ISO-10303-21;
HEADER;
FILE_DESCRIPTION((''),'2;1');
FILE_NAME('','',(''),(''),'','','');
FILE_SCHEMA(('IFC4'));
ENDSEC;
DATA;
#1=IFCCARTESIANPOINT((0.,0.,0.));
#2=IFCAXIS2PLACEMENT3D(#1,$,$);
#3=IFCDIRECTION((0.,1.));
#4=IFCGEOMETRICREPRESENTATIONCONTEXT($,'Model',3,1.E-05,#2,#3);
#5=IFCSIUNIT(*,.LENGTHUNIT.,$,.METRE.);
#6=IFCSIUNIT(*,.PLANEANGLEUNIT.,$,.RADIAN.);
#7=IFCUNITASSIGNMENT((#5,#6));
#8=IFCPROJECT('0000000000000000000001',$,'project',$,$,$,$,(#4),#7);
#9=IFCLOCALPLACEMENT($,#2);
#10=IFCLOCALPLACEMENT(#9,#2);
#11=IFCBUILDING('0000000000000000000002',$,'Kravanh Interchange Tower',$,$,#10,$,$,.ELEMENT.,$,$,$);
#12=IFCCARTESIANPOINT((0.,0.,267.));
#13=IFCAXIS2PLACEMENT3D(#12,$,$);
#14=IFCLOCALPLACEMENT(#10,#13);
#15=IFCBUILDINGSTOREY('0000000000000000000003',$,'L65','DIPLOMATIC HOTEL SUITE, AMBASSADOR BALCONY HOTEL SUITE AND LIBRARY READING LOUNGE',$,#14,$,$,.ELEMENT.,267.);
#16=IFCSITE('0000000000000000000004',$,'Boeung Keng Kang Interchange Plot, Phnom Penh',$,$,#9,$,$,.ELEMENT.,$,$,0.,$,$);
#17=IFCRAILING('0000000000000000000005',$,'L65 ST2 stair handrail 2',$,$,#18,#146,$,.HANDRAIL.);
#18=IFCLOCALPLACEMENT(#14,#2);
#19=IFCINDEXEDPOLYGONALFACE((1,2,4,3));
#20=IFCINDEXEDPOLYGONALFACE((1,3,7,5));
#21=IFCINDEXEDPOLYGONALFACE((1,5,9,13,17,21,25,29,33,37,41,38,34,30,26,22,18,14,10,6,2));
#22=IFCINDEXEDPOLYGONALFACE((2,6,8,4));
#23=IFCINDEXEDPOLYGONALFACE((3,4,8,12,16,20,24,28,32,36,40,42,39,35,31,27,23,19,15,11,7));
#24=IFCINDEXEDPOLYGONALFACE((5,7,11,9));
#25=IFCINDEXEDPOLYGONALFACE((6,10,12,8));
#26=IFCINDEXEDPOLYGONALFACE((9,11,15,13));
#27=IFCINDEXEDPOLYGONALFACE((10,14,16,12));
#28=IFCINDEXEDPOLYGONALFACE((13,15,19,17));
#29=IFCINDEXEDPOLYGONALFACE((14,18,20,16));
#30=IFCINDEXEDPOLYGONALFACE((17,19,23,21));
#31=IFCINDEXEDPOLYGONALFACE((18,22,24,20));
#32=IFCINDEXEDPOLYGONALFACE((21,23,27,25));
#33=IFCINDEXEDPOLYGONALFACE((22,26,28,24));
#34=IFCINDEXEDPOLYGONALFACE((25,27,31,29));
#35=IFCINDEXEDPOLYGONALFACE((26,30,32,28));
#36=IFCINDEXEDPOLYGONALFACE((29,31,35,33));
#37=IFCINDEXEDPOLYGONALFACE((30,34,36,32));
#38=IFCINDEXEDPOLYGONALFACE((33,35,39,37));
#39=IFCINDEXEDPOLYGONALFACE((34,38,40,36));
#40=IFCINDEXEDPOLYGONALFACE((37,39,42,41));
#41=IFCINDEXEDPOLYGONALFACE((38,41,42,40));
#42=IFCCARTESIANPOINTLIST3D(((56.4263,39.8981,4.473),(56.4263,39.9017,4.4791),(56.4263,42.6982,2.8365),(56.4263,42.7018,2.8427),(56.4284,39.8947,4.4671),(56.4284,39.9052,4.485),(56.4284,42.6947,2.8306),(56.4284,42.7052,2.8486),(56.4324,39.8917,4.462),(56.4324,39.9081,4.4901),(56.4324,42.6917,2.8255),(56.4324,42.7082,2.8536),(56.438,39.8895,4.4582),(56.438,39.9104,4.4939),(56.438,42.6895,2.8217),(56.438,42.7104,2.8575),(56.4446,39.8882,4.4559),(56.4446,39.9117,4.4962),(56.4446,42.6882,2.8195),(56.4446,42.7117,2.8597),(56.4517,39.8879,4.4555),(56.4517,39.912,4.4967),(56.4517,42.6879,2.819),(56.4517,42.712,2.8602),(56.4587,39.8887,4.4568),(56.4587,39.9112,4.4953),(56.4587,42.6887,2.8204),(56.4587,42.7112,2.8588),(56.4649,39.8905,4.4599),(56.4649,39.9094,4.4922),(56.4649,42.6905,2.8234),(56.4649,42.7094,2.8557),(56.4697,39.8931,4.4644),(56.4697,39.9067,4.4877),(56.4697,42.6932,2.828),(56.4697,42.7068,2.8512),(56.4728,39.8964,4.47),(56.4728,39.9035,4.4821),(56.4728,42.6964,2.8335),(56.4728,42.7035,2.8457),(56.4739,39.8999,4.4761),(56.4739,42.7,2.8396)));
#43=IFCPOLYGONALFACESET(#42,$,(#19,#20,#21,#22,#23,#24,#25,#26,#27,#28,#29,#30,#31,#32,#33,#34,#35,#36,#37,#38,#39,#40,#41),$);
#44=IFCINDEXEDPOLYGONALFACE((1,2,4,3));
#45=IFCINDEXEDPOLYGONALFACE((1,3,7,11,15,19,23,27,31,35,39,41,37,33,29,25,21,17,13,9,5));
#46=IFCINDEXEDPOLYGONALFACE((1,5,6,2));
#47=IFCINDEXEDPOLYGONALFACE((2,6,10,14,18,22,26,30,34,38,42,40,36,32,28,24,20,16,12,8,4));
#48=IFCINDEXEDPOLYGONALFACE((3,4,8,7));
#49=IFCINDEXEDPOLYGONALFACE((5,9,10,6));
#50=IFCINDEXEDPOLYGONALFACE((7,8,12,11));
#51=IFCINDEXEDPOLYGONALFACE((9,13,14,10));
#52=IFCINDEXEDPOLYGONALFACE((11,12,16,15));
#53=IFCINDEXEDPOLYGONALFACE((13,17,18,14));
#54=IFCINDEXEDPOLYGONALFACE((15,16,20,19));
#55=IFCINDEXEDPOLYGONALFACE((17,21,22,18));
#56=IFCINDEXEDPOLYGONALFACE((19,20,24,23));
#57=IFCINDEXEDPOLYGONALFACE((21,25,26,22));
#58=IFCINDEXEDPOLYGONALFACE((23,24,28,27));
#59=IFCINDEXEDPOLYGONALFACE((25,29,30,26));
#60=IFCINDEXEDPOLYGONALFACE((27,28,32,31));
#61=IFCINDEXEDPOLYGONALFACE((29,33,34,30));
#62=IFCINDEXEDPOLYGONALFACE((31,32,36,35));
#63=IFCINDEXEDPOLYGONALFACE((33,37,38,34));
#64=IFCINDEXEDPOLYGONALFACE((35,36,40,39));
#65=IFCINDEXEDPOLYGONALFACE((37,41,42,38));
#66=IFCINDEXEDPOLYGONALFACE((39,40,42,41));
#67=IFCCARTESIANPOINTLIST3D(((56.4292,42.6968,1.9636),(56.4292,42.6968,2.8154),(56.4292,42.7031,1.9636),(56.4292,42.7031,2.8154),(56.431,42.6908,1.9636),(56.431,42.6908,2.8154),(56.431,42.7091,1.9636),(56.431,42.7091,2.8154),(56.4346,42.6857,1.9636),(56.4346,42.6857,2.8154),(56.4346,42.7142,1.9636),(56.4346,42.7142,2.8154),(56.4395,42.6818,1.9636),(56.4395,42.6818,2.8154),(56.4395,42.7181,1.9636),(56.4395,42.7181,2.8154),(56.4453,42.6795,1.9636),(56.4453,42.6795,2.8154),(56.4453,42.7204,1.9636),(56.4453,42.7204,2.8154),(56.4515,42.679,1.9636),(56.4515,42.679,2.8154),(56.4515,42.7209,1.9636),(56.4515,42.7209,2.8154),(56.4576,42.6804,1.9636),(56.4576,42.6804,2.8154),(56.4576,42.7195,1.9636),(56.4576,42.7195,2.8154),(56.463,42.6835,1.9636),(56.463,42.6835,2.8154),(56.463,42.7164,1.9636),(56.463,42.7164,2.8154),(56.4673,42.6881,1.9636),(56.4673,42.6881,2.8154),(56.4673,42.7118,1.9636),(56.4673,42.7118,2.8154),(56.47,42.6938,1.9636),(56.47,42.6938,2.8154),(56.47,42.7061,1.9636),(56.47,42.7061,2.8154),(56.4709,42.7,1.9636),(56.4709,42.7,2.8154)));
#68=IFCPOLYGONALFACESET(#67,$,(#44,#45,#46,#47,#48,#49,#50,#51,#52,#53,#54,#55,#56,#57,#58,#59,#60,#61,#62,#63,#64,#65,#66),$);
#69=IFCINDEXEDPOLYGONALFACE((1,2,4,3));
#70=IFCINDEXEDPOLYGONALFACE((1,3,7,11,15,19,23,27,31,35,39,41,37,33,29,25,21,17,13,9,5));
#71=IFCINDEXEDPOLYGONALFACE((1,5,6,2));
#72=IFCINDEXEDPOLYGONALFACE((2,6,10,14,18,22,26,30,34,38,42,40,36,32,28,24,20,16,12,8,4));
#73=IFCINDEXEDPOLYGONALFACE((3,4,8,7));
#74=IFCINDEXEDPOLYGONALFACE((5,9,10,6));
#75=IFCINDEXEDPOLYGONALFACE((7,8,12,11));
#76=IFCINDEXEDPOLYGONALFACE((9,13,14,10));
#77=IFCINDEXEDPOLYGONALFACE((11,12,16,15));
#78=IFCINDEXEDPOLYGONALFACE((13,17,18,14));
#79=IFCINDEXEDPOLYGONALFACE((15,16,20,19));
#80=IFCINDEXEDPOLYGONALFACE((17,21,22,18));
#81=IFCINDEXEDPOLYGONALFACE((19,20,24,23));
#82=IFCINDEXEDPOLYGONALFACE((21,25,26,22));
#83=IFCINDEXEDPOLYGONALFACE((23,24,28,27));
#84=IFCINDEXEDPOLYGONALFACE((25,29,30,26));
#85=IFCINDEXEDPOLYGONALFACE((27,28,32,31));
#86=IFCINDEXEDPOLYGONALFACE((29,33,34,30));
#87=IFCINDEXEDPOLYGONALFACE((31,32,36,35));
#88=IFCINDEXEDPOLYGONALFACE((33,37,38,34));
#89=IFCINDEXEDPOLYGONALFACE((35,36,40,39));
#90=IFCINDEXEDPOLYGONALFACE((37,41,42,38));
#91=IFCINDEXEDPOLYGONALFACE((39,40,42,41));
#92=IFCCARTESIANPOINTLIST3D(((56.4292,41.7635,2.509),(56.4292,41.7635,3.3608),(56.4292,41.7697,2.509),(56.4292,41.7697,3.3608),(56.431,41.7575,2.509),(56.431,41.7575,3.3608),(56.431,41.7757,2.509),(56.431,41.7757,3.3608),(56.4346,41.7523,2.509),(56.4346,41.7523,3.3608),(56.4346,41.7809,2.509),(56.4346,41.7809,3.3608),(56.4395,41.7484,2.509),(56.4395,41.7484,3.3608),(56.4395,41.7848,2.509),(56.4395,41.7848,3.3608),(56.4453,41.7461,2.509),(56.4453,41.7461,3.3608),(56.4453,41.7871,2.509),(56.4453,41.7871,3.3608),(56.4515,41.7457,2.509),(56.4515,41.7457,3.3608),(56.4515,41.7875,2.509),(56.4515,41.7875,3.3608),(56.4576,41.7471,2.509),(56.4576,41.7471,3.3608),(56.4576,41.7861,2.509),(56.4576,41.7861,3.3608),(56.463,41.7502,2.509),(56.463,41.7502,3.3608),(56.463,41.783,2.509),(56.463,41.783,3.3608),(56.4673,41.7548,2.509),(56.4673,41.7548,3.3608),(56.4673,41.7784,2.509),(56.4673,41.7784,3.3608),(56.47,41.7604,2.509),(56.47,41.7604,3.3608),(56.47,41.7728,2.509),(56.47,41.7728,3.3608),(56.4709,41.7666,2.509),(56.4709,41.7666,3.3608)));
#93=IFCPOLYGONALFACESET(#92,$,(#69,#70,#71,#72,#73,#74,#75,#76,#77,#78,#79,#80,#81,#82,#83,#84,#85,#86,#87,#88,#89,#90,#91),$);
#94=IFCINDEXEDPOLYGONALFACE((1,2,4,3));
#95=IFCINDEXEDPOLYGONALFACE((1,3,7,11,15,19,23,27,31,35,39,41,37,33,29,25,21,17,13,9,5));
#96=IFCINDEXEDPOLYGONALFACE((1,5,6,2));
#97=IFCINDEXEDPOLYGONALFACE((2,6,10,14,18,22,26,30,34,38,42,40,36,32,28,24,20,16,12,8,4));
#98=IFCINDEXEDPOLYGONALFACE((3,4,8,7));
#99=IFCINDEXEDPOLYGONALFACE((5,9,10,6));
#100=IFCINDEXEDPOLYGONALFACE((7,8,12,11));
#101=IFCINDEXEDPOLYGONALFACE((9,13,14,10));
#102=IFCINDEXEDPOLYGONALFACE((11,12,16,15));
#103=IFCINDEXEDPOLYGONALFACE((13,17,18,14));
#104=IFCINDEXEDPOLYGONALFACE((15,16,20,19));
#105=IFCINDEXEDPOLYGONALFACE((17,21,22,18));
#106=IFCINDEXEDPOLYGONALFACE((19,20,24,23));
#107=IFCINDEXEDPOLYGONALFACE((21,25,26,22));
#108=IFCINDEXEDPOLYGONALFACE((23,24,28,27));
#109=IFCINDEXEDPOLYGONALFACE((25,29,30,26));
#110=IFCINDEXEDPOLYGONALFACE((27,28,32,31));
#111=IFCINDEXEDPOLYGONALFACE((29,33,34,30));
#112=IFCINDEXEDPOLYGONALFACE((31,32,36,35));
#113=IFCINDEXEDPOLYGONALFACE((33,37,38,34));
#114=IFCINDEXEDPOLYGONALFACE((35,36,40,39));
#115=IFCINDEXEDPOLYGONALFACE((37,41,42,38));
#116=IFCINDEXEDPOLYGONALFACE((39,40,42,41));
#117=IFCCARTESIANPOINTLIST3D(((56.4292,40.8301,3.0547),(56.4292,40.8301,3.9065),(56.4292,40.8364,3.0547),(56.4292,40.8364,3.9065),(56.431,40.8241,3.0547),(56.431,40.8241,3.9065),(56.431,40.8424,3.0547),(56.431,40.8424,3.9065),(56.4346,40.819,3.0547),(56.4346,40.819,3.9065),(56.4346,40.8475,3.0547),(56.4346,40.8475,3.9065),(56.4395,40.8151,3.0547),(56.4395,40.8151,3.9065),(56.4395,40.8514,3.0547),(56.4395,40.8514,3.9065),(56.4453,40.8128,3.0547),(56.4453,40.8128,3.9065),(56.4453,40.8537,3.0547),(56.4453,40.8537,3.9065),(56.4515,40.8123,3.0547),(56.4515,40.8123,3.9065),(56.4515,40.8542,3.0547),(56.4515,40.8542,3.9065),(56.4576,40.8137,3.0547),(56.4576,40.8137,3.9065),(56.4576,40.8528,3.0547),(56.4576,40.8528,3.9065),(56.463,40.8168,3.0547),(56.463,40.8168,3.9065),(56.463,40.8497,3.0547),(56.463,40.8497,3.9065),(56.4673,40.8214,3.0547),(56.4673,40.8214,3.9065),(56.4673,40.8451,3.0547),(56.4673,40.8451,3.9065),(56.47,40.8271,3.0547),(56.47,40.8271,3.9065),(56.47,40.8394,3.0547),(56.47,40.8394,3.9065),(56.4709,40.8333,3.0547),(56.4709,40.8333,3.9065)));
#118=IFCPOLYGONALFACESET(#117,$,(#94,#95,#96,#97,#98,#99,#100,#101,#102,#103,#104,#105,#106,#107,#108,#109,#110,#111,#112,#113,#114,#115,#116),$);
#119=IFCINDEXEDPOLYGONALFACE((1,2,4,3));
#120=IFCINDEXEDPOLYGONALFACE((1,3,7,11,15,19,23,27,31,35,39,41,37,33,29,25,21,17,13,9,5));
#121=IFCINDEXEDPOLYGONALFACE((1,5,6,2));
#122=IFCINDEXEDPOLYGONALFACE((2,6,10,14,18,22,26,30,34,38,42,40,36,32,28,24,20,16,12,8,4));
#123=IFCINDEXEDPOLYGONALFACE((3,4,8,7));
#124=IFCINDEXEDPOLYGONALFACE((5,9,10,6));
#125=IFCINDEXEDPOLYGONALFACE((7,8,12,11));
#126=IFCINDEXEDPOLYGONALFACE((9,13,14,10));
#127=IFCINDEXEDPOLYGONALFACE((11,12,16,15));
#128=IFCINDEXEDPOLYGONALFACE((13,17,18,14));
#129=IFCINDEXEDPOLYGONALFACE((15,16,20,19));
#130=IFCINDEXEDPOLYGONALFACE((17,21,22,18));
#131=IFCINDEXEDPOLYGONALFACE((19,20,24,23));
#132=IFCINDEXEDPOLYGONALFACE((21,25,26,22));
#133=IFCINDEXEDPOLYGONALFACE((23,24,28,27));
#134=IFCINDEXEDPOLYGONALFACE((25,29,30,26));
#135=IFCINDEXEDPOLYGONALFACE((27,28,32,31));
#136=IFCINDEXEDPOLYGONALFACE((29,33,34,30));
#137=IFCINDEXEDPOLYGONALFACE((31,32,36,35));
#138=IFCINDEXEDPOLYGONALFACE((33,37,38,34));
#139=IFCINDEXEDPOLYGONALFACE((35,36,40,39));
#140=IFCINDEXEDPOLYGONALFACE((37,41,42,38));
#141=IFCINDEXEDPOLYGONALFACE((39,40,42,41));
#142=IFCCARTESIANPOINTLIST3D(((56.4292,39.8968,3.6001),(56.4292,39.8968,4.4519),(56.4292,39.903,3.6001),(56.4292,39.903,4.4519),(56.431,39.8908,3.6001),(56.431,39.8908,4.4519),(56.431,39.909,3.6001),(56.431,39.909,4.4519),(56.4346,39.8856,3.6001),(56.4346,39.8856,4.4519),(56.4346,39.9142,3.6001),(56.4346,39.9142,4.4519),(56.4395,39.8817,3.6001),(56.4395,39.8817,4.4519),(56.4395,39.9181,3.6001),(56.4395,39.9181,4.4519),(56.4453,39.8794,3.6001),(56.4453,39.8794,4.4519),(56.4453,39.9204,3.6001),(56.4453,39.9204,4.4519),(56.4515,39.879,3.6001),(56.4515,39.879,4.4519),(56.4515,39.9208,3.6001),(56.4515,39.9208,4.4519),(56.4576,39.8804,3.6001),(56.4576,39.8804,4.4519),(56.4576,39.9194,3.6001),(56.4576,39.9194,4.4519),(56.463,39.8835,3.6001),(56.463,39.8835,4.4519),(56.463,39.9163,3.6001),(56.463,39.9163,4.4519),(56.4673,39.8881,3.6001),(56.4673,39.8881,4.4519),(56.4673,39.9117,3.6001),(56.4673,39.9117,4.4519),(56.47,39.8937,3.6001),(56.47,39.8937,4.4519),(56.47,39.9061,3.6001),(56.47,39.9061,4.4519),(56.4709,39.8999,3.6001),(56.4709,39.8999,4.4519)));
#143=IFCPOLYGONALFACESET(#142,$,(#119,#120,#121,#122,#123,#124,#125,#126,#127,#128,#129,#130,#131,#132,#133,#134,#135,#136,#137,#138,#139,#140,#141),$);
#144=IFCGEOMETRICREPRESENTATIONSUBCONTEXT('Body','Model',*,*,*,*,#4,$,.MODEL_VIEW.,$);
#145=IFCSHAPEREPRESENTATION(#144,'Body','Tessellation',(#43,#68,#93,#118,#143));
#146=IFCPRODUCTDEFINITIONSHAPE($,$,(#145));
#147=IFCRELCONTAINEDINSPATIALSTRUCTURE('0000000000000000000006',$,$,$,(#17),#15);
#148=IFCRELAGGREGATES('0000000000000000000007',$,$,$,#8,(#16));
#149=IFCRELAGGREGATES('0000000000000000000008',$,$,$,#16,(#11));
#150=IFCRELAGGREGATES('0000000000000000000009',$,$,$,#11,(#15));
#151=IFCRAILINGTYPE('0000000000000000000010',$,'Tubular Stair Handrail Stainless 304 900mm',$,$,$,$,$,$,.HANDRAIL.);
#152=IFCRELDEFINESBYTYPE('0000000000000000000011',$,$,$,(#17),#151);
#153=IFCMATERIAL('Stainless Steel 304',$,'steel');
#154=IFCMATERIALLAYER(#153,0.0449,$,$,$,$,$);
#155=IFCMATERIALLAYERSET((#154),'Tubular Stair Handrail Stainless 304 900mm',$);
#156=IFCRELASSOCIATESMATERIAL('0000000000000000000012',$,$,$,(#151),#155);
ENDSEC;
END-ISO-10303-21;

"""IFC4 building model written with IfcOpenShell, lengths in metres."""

from ifc_helpers import new_model, si_unit, direction, frame, origin, origin_2d, place, context, subcontext, project, spatial, circle, extrude, material, layer, layer_set, type_object, element, save


model = new_model("IFC4")

# Units and contexts
model_context = context("Model", 3, precision=1e-05, world=origin(), true_north=direction((0.0, 1.0)))
body_context = subcontext(model_context, "Body", "Model", "MODEL_VIEW")
ifc_project = project(units=[si_unit("LENGTHUNIT", "METRE"), si_unit("PLANEANGLEUNIT", "RADIAN")], contexts=[model_context])

# Site, building, storey
site_placement = place(None, origin())
site = spatial("IfcSite", under=ifc_project, at=site_placement, Name="Boeung Keng Kang Interchange Plot, Phnom Penh", CompositionType="ELEMENT", RefElevation=0.0)
building_placement = place(site_placement, origin())
building = spatial("IfcBuilding", under=site, at=building_placement, Name="Kravanh Interchange Tower", CompositionType="ELEMENT")
storey_placement = place(building_placement, frame((0.0, 0.0, 267.0)))
storey = spatial("IfcBuildingStorey", under=building, at=storey_placement, Name="L65", Description="DIPLOMATIC HOTEL SUITE, AMBASSADOR BALCONY HOTEL SUITE AND LIBRARY READING LOUNGE", CompositionType="ELEMENT", Elevation=267.0)

# Railing
ifc_material_1 = material(Name="Stainless Steel 304", Category="steel")
ifc_layer_1 = layer(ifc_material_1, 0.0449)
ifc_layer_set_1 = layer_set([ifc_layer_1], Name="Tubular Stair Handrail Stainless 304 900mm")
railing_type_1 = type_object("IfcRailingType", Name="Tubular Stair Handrail Stainless 304 900mm", PredefinedType="HANDRAIL", material=ifc_layer_set_1)
railing_1_placement = place(storey_placement, frame((56.45, 42.7, 1.9636)))
element("IfcRailing", 1, at=railing_1_placement, inside=storey, type_object=railing_type_1, Name="L65 ST2 stair handrail 2", PredefinedType="HANDRAIL", context=body_context, shape_type="SweptSolid", body=[
    extrude(circle(Radius=0.0239, at=origin_2d()), frame((0.0, 0.0, 0.876), z_axis=(0.0, -0.863361, 0.504587), x_axis=(1.0, 0.0, 0.0)), (0.0, 0.0, 1.0), 3.2432),
    extrude(circle(Radius=0.021, at=origin_2d()), origin(), (0.0, 0.0, 1.0), 0.8518),
    extrude(circle(Radius=0.021, at=origin_2d()), frame((0.0, -0.9333, 0.5454)), (0.0, 0.0, 1.0), 0.8518),
    extrude(circle(Radius=0.021, at=origin_2d()), frame((0.0, -1.8667, 1.0911)), (0.0, 0.0, 1.0), 0.8518),
    extrude(circle(Radius=0.021, at=origin_2d()), frame((0.0, -2.8, 1.6365)), (0.0, 0.0, 1.0), 0.8518),
])

save(model, "model.ifc")
